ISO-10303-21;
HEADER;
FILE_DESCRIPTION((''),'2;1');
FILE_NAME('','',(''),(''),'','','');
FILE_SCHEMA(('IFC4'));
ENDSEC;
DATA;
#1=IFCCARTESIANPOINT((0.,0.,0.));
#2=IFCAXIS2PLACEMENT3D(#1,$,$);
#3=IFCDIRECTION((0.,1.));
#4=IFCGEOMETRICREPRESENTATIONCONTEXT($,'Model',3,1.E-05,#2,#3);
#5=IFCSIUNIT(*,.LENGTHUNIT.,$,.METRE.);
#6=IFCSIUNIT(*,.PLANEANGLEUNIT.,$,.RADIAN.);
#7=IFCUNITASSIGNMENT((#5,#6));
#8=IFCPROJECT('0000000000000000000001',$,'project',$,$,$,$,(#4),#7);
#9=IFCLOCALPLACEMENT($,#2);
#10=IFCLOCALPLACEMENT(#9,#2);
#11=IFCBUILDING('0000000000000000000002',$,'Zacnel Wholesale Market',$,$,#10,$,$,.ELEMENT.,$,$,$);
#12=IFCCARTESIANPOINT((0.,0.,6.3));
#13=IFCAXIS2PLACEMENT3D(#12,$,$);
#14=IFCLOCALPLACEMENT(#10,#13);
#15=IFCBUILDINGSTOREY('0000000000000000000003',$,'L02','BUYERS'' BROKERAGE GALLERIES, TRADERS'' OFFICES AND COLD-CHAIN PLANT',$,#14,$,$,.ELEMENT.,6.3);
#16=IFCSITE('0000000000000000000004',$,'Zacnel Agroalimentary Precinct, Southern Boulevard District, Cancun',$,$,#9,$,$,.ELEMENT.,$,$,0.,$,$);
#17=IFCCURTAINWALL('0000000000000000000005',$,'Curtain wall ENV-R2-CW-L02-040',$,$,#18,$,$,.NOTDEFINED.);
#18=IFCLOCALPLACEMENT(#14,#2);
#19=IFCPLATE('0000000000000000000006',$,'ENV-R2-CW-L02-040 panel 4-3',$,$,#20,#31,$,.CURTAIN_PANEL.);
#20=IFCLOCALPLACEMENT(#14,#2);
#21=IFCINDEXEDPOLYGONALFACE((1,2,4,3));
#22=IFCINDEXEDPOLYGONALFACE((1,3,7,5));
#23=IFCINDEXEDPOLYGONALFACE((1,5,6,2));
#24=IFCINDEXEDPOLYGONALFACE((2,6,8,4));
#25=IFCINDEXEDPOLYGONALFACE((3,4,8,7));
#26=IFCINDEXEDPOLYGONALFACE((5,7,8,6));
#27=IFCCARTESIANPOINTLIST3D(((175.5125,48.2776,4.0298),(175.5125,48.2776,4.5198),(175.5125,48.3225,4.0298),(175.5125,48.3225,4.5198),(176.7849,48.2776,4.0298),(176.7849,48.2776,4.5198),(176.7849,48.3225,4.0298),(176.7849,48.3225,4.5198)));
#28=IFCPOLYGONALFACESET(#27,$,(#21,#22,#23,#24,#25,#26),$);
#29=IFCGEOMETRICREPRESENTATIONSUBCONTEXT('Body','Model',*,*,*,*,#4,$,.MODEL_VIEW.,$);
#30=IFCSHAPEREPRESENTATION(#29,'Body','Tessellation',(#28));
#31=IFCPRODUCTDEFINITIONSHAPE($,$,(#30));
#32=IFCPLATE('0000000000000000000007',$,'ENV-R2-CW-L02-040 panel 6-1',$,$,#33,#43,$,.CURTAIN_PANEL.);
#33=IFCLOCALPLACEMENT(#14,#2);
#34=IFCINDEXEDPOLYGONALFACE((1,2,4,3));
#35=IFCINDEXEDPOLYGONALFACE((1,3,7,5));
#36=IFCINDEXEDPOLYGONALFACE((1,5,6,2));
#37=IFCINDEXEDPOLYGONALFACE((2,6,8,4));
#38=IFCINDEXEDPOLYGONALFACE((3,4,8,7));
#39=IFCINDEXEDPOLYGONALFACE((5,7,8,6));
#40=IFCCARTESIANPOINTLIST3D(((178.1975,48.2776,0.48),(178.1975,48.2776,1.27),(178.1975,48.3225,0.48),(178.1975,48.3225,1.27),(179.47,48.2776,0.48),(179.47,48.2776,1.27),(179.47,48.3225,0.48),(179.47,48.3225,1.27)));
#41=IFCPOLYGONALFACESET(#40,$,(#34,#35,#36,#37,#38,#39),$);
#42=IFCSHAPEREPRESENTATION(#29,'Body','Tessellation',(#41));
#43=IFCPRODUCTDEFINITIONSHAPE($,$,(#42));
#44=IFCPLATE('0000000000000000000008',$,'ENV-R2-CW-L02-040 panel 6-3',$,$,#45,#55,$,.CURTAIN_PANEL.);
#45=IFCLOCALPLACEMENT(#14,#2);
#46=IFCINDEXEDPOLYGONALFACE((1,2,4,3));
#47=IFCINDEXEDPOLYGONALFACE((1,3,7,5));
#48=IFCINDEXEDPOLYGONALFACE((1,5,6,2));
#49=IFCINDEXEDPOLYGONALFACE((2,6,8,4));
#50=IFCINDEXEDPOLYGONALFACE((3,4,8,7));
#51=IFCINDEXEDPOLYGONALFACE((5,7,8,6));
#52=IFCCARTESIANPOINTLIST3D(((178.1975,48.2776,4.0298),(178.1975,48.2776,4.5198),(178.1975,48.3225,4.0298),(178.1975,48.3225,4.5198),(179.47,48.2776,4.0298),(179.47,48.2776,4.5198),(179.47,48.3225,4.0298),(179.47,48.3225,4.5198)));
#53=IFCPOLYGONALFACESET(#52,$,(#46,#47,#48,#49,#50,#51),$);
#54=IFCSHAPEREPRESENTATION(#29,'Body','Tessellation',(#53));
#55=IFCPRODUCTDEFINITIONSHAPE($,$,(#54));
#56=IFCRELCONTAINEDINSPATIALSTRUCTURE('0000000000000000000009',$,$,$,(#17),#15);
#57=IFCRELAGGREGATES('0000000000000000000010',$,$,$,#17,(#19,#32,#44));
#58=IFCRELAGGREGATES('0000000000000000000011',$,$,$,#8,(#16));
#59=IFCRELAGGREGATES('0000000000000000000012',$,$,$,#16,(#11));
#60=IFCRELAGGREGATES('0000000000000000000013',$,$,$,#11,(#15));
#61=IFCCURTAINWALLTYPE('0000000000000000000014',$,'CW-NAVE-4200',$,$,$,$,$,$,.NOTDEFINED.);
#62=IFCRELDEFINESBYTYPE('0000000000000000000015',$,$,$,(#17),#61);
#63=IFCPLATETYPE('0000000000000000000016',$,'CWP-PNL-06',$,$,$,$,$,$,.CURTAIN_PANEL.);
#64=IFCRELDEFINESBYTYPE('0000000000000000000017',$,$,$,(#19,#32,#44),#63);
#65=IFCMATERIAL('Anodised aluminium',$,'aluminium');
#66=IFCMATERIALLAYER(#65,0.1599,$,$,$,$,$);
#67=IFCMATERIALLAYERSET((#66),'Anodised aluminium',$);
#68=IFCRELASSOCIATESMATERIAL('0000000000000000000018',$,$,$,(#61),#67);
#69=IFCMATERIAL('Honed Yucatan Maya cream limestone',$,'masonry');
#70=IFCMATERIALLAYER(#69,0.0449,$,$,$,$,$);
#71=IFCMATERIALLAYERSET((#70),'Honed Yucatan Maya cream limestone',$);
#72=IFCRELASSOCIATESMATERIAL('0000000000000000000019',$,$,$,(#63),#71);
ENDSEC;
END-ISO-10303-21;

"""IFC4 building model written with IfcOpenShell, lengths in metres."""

from ifc_helpers import new_model, si_unit, direction, frame, origin, origin_2d, place, context, subcontext, project, spatial, rectangle, extrude, material, layer, layer_set, type_object, element, aggregate, save


model = new_model("IFC4")

# Units and contexts
model_context = context("Model", 3, precision=1e-05, world=origin(), true_north=direction((0.0, 1.0)))
body_context = subcontext(model_context, "Body", "Model", "MODEL_VIEW")
ifc_project = project(units=[si_unit("LENGTHUNIT", "METRE"), si_unit("PLANEANGLEUNIT", "RADIAN")], contexts=[model_context])

# Site, building, storey
site_placement = place(None, origin())
site = spatial("IfcSite", under=ifc_project, at=site_placement, Name="Zacnel Agroalimentary Precinct, Southern Boulevard District, Cancun", CompositionType="ELEMENT", RefElevation=0.0)
building_placement = place(site_placement, origin())
building = spatial("IfcBuilding", under=site, at=building_placement, Name="Zacnel Wholesale Market", CompositionType="ELEMENT")
storey_placement = place(building_placement, frame((0.0, 0.0, 6.3)))
storey = spatial("IfcBuildingStorey", under=building, at=storey_placement, Name="L02", Description="BUYERS' BROKERAGE GALLERIES, TRADERS' OFFICES AND COLD-CHAIN PLANT", CompositionType="ELEMENT", Elevation=6.3)

# Curtain wall, plates
ifc_material_1 = material(Name="Anodised aluminium", Category="aluminium")
ifc_layer_1 = layer(ifc_material_1, 0.1599)
ifc_layer_set_1 = layer_set([ifc_layer_1], Name="Anodised aluminium")
curtain_wall_type = type_object("IfcCurtainWallType", Name="CW-NAVE-4200", PredefinedType="NOTDEFINED", material=ifc_layer_set_1)
curtain_wall_placement = place(storey_placement, origin())
curtain_wall = element("IfcCurtainWall", 1, at=curtain_wall_placement, inside=storey, type_object=curtain_wall_type, Name="Curtain wall ENV-R2-CW-L02-040", PredefinedType="NOTDEFINED")
ifc_material_2 = material(Name="Honed Yucatan Maya cream limestone", Category="masonry")
ifc_layer_2 = layer(ifc_material_2, 0.0449)
ifc_layer_set_2 = layer_set([ifc_layer_2], Name="Honed Yucatan Maya cream limestone")
plate_type_1 = type_object("IfcPlateType", Name="CWP-PNL-06", PredefinedType="CURTAIN_PANEL", material=ifc_layer_set_2)
plate_1_placement = place(storey_placement, frame((176.1487, 48.3, 4.0298), z_axis=(0.0, 0.0, 1.0), x_axis=(1.0, 0.0, 0.0)))
plate_1 = element("IfcPlate", 2, at=plate_1_placement, type_object=plate_type_1, Name="ENV-R2-CW-L02-040 panel 4-3", PredefinedType="CURTAIN_PANEL", context=body_context, shape_type="SweptSolid", body=[
    extrude(rectangle(XDim=1.2725, YDim=0.0449, at=origin_2d()), origin(), (0.0, 0.0, 1.0), 0.49),
])
plate_2_placement = place(storey_placement, frame((178.8337, 48.3, 0.48), z_axis=(0.0, 0.0, 1.0), x_axis=(1.0, 0.0, 0.0)))
plate_2 = element("IfcPlate", 3, at=plate_2_placement, type_object=plate_type_1, Name="ENV-R2-CW-L02-040 panel 6-1", PredefinedType="CURTAIN_PANEL", context=body_context, shape_type="SweptSolid", body=[
    extrude(rectangle(XDim=1.2725, YDim=0.0449, at=origin_2d()), origin(), (0.0, 0.0, 1.0), 0.79),
])
plate_3_placement = place(storey_placement, frame((178.8337, 48.3, 4.0298), z_axis=(0.0, 0.0, 1.0), x_axis=(1.0, 0.0, 0.0)))
plate_3 = element("IfcPlate", 4, at=plate_3_placement, type_object=plate_type_1, Name="ENV-R2-CW-L02-040 panel 6-3", PredefinedType="CURTAIN_PANEL", context=body_context, shape_type="SweptSolid", body=[
    extrude(rectangle(XDim=1.2725, YDim=0.0449, at=origin_2d()), origin(), (0.0, 0.0, 1.0), 0.49),
])
aggregate(curtain_wall, [plate_1, plate_2, plate_3])

save(model, "model.ifc")
